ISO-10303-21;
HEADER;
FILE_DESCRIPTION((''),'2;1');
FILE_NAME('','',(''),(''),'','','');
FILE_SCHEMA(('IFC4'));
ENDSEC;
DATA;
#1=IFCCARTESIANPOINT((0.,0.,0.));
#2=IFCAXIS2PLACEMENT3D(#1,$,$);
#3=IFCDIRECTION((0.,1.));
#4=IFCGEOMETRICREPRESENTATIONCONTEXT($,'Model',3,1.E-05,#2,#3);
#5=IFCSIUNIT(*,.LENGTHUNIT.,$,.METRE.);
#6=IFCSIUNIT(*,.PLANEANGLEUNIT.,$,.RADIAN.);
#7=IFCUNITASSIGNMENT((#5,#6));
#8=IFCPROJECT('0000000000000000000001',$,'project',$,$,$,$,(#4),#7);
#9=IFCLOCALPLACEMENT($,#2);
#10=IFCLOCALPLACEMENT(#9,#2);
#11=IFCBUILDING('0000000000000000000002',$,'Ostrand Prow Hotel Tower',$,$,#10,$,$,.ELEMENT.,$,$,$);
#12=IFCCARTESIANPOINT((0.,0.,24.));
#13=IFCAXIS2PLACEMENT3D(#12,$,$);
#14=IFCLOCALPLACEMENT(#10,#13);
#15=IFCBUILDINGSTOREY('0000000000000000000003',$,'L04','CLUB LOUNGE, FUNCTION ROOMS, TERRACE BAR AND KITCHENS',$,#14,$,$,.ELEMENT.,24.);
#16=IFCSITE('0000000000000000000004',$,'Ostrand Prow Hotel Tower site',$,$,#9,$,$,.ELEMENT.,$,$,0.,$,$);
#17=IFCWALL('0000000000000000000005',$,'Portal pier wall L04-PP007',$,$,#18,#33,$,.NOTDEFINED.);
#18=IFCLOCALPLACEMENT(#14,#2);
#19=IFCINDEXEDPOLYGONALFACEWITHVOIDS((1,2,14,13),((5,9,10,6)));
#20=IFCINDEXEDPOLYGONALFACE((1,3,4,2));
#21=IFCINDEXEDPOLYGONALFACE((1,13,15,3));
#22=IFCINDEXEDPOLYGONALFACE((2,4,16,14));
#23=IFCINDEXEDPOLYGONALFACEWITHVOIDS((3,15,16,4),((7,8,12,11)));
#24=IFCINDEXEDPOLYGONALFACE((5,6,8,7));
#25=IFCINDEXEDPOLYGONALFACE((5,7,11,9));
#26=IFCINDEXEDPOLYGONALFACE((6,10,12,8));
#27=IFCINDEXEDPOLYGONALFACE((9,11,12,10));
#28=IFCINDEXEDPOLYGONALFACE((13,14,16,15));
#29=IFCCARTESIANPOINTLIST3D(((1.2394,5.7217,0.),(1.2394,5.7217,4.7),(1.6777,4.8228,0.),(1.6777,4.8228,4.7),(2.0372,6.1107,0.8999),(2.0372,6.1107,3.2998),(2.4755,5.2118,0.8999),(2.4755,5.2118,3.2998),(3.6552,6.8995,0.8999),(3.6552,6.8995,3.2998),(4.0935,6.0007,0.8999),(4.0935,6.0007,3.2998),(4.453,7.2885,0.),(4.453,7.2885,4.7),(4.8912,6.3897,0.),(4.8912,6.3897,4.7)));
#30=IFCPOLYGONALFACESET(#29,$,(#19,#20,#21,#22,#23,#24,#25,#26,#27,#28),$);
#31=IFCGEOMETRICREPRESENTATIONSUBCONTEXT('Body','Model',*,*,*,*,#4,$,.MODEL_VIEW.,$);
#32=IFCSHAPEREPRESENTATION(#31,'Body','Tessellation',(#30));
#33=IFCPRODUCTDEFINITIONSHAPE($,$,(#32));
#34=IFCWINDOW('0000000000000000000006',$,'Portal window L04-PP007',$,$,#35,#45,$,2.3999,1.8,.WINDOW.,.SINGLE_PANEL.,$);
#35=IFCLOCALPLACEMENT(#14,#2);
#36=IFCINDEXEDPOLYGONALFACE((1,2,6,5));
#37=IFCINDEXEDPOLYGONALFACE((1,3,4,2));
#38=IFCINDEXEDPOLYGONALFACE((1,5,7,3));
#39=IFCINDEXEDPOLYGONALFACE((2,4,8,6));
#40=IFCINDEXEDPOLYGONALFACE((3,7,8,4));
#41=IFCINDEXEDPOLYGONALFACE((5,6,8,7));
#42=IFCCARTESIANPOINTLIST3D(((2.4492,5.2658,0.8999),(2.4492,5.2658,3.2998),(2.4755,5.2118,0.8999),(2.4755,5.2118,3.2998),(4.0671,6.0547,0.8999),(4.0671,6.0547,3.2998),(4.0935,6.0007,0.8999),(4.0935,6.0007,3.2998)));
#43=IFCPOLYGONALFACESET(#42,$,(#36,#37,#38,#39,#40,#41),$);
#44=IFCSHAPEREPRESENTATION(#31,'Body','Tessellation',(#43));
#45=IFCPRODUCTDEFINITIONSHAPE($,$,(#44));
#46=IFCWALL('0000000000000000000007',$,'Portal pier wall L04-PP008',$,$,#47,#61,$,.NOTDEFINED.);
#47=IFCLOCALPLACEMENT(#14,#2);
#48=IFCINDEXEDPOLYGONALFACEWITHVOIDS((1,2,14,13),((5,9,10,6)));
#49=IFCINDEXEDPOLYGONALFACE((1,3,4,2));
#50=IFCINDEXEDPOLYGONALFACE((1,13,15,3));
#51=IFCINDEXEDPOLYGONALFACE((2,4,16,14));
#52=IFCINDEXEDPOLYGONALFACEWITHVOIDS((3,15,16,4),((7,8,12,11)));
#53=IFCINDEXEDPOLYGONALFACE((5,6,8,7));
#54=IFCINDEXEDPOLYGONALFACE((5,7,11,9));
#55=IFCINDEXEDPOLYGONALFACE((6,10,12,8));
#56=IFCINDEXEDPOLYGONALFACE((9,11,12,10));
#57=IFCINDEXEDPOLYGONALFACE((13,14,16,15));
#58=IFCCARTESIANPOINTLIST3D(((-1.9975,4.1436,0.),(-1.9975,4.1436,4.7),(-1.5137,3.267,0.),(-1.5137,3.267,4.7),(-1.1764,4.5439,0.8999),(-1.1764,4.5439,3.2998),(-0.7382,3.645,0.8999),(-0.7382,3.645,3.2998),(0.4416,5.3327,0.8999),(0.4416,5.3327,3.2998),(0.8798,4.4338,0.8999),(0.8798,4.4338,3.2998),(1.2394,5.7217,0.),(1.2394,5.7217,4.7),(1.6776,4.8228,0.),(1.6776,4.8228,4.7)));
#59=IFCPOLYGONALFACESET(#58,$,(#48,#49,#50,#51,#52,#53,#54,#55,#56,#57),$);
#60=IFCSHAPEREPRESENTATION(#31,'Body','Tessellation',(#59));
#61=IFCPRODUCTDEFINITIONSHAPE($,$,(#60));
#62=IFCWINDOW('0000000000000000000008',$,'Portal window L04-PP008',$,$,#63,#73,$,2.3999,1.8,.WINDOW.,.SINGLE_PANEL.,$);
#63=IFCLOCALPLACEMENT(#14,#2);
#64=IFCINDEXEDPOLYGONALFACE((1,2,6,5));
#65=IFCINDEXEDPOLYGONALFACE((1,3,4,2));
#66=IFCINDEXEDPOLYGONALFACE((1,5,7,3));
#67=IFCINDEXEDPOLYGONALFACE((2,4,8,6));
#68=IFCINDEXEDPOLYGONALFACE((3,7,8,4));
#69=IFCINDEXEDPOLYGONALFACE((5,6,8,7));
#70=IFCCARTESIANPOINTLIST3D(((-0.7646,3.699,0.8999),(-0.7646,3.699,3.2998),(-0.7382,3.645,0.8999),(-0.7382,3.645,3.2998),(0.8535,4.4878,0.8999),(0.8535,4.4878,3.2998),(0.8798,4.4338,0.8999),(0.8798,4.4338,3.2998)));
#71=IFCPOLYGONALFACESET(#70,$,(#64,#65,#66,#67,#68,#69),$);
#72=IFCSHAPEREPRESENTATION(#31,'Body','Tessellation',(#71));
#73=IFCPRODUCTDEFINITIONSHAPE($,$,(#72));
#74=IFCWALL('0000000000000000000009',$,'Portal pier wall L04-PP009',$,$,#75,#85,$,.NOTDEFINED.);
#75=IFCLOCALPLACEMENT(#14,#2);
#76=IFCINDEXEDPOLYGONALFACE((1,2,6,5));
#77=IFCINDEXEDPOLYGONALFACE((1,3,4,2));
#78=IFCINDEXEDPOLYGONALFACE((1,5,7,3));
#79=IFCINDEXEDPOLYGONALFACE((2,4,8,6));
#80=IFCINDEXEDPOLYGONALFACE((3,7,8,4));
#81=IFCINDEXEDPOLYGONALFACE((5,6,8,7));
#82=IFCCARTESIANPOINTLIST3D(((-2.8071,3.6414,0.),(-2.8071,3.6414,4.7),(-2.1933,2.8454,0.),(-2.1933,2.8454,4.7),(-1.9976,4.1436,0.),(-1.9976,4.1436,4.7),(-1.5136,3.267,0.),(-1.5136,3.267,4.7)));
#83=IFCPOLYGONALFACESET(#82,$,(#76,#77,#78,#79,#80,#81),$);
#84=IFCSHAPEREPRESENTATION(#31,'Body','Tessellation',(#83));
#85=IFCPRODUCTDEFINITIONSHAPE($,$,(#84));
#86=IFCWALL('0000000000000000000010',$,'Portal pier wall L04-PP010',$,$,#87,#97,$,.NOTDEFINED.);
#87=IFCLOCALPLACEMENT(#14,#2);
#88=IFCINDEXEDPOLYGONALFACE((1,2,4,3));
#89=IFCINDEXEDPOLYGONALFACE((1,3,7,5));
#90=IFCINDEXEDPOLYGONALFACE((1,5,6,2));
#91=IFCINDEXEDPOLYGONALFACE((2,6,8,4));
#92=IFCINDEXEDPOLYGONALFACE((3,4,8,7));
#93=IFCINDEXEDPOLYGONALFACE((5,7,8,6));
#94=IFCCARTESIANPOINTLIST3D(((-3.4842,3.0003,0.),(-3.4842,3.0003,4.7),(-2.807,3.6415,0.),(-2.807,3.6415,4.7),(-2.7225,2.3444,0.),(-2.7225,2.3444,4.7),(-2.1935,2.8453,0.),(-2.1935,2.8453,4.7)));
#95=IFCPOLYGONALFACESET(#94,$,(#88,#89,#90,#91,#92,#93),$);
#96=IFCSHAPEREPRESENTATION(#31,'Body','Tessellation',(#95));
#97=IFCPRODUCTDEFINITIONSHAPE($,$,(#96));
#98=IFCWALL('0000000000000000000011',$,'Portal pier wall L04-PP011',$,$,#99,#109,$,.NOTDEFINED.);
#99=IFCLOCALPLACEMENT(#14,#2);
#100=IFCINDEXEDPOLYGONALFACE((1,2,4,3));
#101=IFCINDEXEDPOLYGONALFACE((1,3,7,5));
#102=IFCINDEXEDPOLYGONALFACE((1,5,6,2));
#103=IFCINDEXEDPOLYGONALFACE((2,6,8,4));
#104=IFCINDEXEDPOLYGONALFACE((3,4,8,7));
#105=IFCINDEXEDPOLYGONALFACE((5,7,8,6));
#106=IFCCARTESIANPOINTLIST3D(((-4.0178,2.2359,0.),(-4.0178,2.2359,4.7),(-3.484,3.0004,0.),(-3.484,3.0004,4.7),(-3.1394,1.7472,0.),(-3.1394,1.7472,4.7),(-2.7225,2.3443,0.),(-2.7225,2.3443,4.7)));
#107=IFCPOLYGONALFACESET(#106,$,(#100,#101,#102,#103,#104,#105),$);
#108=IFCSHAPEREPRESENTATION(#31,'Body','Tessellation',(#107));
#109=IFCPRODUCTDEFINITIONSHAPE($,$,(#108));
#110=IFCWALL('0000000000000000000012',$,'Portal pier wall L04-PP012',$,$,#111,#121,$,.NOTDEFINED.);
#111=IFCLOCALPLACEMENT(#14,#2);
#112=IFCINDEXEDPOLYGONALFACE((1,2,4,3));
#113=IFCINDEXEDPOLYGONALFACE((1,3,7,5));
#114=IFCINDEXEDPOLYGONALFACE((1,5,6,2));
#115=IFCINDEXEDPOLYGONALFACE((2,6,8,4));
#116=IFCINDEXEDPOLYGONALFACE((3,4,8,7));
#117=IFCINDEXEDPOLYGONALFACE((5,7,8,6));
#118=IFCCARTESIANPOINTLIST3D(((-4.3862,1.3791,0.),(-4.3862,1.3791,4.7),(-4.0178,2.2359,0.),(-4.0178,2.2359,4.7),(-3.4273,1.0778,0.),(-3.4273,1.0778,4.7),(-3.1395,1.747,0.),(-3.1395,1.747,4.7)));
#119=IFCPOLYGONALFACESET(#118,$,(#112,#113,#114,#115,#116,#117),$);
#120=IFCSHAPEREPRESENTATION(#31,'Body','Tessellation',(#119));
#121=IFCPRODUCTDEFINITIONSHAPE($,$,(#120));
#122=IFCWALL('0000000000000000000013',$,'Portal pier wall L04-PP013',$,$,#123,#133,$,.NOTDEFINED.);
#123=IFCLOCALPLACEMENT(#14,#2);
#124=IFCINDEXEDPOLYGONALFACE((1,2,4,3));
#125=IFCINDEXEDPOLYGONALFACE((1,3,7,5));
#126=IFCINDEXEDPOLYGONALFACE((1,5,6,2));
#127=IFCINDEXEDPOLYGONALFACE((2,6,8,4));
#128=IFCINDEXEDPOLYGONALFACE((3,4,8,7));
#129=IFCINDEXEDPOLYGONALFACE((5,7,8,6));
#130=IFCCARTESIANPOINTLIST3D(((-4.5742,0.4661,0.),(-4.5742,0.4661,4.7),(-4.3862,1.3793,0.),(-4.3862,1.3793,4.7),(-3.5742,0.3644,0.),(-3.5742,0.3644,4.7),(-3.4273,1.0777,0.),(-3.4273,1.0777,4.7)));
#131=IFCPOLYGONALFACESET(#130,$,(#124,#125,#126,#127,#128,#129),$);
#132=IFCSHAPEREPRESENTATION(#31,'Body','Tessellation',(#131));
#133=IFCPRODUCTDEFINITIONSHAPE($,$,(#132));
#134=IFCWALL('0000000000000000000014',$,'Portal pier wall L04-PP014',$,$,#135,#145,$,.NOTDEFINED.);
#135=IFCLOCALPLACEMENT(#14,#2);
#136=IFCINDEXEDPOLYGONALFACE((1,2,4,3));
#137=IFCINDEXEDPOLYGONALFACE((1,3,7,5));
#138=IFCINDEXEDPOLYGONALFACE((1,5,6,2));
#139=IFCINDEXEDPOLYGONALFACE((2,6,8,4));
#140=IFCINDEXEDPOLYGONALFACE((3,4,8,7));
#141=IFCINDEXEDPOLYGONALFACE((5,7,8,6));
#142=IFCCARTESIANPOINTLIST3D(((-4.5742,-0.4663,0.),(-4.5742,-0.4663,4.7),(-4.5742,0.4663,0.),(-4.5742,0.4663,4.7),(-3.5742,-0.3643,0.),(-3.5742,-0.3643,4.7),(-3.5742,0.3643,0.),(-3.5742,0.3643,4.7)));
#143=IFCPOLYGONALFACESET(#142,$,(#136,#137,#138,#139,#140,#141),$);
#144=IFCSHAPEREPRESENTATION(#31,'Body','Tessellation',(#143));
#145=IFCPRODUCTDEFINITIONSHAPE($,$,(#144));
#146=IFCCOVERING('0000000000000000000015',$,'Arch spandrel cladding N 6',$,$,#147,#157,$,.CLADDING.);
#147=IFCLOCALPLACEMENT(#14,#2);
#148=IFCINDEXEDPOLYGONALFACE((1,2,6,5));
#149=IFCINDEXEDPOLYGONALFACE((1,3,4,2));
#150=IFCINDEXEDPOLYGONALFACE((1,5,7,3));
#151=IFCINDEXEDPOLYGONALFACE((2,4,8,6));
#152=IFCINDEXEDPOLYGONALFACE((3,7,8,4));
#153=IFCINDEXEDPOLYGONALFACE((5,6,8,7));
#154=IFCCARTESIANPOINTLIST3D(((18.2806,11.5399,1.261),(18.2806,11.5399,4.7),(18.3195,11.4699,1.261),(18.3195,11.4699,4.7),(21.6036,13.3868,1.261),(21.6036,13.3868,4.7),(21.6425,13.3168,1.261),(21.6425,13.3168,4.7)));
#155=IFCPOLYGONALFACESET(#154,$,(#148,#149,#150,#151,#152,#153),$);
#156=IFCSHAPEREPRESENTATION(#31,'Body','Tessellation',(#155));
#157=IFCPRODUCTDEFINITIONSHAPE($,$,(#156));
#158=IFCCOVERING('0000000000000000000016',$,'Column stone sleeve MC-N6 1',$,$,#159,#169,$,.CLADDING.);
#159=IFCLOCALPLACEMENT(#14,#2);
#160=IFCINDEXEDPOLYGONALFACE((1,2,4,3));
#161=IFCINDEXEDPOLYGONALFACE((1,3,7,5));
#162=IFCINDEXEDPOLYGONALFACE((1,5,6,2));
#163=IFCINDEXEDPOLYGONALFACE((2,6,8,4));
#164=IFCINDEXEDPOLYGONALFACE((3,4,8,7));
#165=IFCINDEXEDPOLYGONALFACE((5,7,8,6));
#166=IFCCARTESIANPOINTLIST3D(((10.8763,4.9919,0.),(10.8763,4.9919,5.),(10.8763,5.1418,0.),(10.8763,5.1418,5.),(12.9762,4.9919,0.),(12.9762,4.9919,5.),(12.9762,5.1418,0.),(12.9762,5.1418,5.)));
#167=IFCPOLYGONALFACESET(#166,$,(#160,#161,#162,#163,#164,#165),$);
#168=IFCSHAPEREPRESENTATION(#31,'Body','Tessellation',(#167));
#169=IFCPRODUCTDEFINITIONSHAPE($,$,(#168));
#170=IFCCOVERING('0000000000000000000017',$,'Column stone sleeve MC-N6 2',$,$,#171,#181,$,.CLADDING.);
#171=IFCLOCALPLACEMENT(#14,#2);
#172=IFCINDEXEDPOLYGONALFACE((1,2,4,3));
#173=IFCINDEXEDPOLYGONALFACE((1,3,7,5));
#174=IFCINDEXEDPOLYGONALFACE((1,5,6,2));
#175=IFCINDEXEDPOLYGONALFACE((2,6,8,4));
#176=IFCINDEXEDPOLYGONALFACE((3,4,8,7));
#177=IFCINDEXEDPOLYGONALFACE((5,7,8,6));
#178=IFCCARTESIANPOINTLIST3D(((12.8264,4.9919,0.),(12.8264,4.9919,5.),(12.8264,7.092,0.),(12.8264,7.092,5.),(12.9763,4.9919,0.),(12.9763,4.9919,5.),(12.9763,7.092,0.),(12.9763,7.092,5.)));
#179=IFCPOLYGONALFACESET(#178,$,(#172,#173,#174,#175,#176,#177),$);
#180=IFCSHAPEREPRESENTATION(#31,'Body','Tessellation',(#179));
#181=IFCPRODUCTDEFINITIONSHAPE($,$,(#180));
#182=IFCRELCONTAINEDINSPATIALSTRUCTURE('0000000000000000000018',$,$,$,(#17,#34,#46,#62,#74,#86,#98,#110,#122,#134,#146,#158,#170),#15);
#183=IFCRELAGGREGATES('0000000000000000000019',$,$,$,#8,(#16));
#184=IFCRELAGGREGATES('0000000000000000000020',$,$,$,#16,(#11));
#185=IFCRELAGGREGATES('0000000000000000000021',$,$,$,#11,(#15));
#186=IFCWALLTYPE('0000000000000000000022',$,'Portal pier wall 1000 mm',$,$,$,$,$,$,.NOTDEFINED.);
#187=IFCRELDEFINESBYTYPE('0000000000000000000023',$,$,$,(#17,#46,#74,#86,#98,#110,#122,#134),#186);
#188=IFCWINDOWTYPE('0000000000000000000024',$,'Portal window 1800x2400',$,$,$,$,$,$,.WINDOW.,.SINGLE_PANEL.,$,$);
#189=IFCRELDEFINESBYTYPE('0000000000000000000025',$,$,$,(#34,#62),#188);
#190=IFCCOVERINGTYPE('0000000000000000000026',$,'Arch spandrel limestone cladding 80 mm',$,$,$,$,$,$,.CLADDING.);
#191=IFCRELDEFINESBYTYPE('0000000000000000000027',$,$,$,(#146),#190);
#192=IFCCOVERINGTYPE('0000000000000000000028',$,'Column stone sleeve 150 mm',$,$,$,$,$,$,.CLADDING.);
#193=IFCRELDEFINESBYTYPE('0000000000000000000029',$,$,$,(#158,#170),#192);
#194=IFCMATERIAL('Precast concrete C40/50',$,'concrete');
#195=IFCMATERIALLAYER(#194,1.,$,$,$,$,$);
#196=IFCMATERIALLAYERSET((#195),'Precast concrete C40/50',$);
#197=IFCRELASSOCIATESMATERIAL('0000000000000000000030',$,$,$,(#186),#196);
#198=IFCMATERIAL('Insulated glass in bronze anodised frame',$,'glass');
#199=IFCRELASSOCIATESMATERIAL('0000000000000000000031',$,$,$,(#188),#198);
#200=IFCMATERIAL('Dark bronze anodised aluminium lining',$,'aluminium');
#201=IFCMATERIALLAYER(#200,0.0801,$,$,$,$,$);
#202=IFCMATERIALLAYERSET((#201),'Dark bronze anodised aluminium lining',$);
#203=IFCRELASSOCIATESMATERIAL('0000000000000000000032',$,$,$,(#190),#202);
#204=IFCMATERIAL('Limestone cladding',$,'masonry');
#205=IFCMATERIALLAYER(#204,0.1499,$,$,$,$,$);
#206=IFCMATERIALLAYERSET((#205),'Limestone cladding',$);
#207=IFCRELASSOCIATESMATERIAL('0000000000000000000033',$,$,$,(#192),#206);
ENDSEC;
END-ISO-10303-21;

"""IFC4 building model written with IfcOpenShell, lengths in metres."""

from ifc_helpers import new_model, si_unit, direction, frame, frame_2d, origin, place, context, subcontext, project, spatial, polyline, rectangle, outline, extrude, material, layer, layer_set, type_object, element, fill, save


model = new_model("IFC4")

# Units and contexts
model_context = context("Model", 3, precision=1e-05, world=origin(), true_north=direction((0.0, 1.0)))
body_context = subcontext(model_context, "Body", "Model", "MODEL_VIEW")
ifc_project = project(units=[si_unit("LENGTHUNIT", "METRE"), si_unit("PLANEANGLEUNIT", "RADIAN")], contexts=[model_context])

# Site, building, storey
site_placement = place(None, origin())
site = spatial("IfcSite", under=ifc_project, at=site_placement, Name="Ostrand Prow Hotel Tower site", CompositionType="ELEMENT", RefElevation=0.0)
building_placement = place(site_placement, origin())
building = spatial("IfcBuilding", under=site, at=building_placement, Name="Ostrand Prow Hotel Tower", CompositionType="ELEMENT")
storey_placement = place(building_placement, frame((0.0, 0.0, 24.0)))
storey = spatial("IfcBuildingStorey", under=building, at=storey_placement, Name="L04", Description="CLUB LOUNGE, FUNCTION ROOMS, TERRACE BAR AND KITCHENS", CompositionType="ELEMENT", Elevation=24.0)

# Shared definitions
ifc_material_1 = material(Name="Precast concrete C40/50", Category="concrete")
ifc_layer_1 = layer(ifc_material_1, 1.0)
ifc_layer_set_1 = layer_set([ifc_layer_1], Name="Precast concrete C40/50")
wall_type = type_object("IfcWallType", Name="Portal pier wall 1000 mm", PredefinedType="NOTDEFINED", material=ifc_layer_set_1)

# Walls, openings, windows
ifc_material_2 = material(Name="Insulated glass in bronze anodised frame", Category="glass")
window_type = type_object("IfcWindowType", Name="Portal window 1800x2400", PartitioningType="SINGLE_PANEL", PredefinedType="WINDOW", material=ifc_material_2)
wall_1_placement = place(storey_placement, frame((4.6721, 6.8391, 0.0), z_axis=(0.0, 0.0, 1.0), x_axis=(-0.898848, -0.438259, 0.0)))
wall_1 = element("IfcWall", 1, at=wall_1_placement, inside=storey, type_object=wall_type, Name="Portal pier wall L04-PP007", PredefinedType="NOTDEFINED", context=body_context, shape_type="SweptSolid", body=[
    extrude(outline(polyline([(0.0, -0.5), (3.5752, -0.5), (3.5752, 0.5), (0.0, 0.5), (0.0, -0.5)])), origin(), (0.0, 0.0, 1.0), 4.7),
])
opening_1_placement = place(wall_1_placement, frame((0.8877, 0.0, 0.8999)))
opening_1 = element("IfcOpeningElement", 2, at=opening_1_placement, cuts=wall_1, PredefinedType="OPENING", context=body_context, shape_type="SweptSolid", body=[
    extrude(rectangle(XDim=1.8, YDim=2.3999, at=frame_2d((0.8999, 1.2))), frame((0.0, 0.51, 0.0), z_axis=(0.0, -1.0, 0.0), x_axis=(1.0, 0.0, 0.0)), (0.0, 0.0, 1.0), 1.02),
])
window_1_placement = place(opening_1_placement, origin())
window_1 = element("IfcWindow", 3, at=window_1_placement, inside=storey, type_object=window_type, Name="Portal window L04-PP007", OverallHeight=2.3999, OverallWidth=1.8, PartitioningType="SINGLE_PANEL", PredefinedType="WINDOW", context=body_context, shape_type="SweptSolid", body=[
    extrude(rectangle(XDim=1.8, YDim=2.3999, at=frame_2d((0.8999, 1.2))), frame((0.0, 0.5, 0.0), z_axis=(0.0, -1.0, 0.0), x_axis=(1.0, 0.0, 0.0)), (0.0, 0.0, 1.0), 0.0601),
])
fill(opening_1, window_1)
wall_2_placement = place(storey_placement, frame((1.4585, 5.2722, 0.0), z_axis=(0.0, 0.0, 1.0), x_axis=(-0.898875, -0.438206, 0.0)))
wall_2 = element("IfcWall", 4, at=wall_2_placement, inside=storey, type_object=wall_type, Name="Portal pier wall L04-PP008", PredefinedType="NOTDEFINED", context=body_context, shape_type="SweptSolid", body=[
    extrude(outline(polyline([(0.0, -0.5), (3.6011, -0.5), (3.5503, 0.5), (0.0, 0.5), (0.0, -0.5)])), origin(), (0.0, 0.0, 1.0), 4.7),
])
opening_2_placement = place(wall_2_placement, frame((0.8877, 0.0, 0.8999)))
opening_2 = element("IfcOpeningElement", 5, at=opening_2_placement, cuts=wall_2, PredefinedType="OPENING", context=body_context, shape_type="SweptSolid", body=[
    extrude(rectangle(XDim=1.8, YDim=2.3999, at=frame_2d((0.8999, 1.2))), frame((0.0, 0.51, 0.0), z_axis=(0.0, -1.0, 0.0), x_axis=(1.0, 0.0, 0.0)), (0.0, 0.0, 1.0), 1.02),
])
window_2_placement = place(opening_2_placement, origin())
window_2 = element("IfcWindow", 6, at=window_2_placement, inside=storey, type_object=window_type, Name="Portal window L04-PP008", OverallHeight=2.3999, OverallWidth=1.8, PartitioningType="SINGLE_PANEL", PredefinedType="WINDOW", context=body_context, shape_type="SweptSolid", body=[
    extrude(rectangle(XDim=1.8, YDim=2.3999, at=frame_2d((0.8999, 1.2))), frame((0.0, 0.5, 0.0), z_axis=(0.0, -1.0, 0.0), x_axis=(1.0, 0.0, 0.0)), (0.0, 0.0, 1.0), 0.0601),
])
fill(opening_2, window_2)

# Walls
wall_3_placement = place(storey_placement, frame((-1.7556, 3.7053, 0.0), z_axis=(0.0, 0.0, 1.0), x_axis=(-0.849778, -0.527141, 0.0)))
element("IfcWall", 7, at=wall_3_placement, inside=storey, type_object=wall_type, Name="Portal pier wall L04-PP009", PredefinedType="NOTDEFINED", context=body_context, shape_type="SweptSolid", body=[
    extrude(outline(polyline([(-0.0254, -0.5), (0.9272, -0.5), (0.8252, 0.5), (0.0254, 0.5), (-0.0254, -0.5)])), origin(), (0.0, 0.0, 1.0), 4.7),
])
wall_4_placement = place(storey_placement, frame((-2.5002, 3.2434, 0.0), z_axis=(0.0, 0.0, 1.0), x_axis=(-0.726099, -0.68759, 0.0)))
element("IfcWall", 8, at=wall_4_placement, inside=storey, type_object=wall_type, Name="Portal pier wall L04-PP010", PredefinedType="NOTDEFINED", context=body_context, shape_type="SweptSolid", body=[
    extrude(outline(polyline([(-0.051, -0.5), (0.8816, -0.5), (0.7795, 0.5), (0.051, 0.5), (-0.051, -0.5)])), origin(), (0.0, 0.0, 1.0), 4.7),
])
wall_5_placement = place(storey_placement, frame((-3.1033, 2.6724, 0.0), z_axis=(0.0, 0.0, 1.0), x_axis=(-0.572416, -0.819963, 0.0)))
element("IfcWall", 9, at=wall_5_placement, inside=storey, type_object=wall_type, Name="Portal pier wall L04-PP011", PredefinedType="NOTDEFINED", context=body_context, shape_type="SweptSolid", body=[
    extrude(outline(polyline([(-0.051, -0.5), (0.8813, -0.5), (0.7793, 0.5), (0.051, 0.5), (-0.051, -0.5)])), origin(), (0.0, 0.0, 1.0), 4.7),
])
wall_6_placement = place(storey_placement, frame((-3.5786, 1.9915, 0.0), z_axis=(0.0, 0.0, 1.0), x_axis=(-0.39509, -0.918643, 0.0)))
element("IfcWall", 10, at=wall_6_placement, inside=storey, type_object=wall_type, Name="Portal pier wall L04-PP012", PredefinedType="NOTDEFINED", context=body_context, shape_type="SweptSolid", body=[
    extrude(outline(polyline([(-0.051, -0.5), (0.8816, -0.5), (0.7795, 0.5), (0.051, 0.5), (-0.051, -0.5)])), origin(), (0.0, 0.0, 1.0), 4.7),
])
wall_7_placement = place(storey_placement, frame((-3.9067, 1.2285, 0.0), z_axis=(0.0, 0.0, 1.0), x_axis=(-0.201711, -0.979445, 0.0)))
element("IfcWall", 11, at=wall_7_placement, inside=storey, type_object=wall_type, Name="Portal pier wall L04-PP013", PredefinedType="NOTDEFINED", context=body_context, shape_type="SweptSolid", body=[
    extrude(outline(polyline([(-0.051, -0.5), (0.8813, -0.5), (0.7793, 0.5), (0.051, 0.5), (-0.051, -0.5)])), origin(), (0.0, 0.0, 1.0), 4.7),
])
wall_8_placement = place(storey_placement, frame((-4.0742, 0.4153, 0.0), z_axis=(0.0, 0.0, 1.0), x_axis=(0.0, -1.0, 0.0)))
element("IfcWall", 12, at=wall_8_placement, inside=storey, type_object=wall_type, Name="Portal pier wall L04-PP014", PredefinedType="NOTDEFINED", context=body_context, shape_type="SweptSolid", body=[
    extrude(outline(polyline([(-0.051, -0.5), (0.8816, -0.5), (0.7795, 0.5), (0.051, 0.5), (-0.051, -0.5)])), origin(), (0.0, 0.0, 1.0), 4.7),
])

# Coverings
ifc_material_3 = material(Name="Dark bronze anodised aluminium lining", Category="aluminium")
ifc_layer_2 = layer(ifc_material_3, 0.0801)
ifc_layer_set_2 = layer_set([ifc_layer_2], Name="Dark bronze anodised aluminium lining")
covering_type_1 = type_object("IfcCoveringType", Name="Arch spandrel limestone cladding 80 mm", PredefinedType="CLADDING", material=ifc_layer_set_2)
covering_1_placement = place(storey_placement, frame((18.3, 11.5049, 1.261), z_axis=(0.0, 0.0, 1.0), x_axis=(0.874066, 0.485806, 0.0)))
element("IfcCovering", 13, at=covering_1_placement, inside=storey, type_object=covering_type_1, Name="Arch spandrel cladding N 6", PredefinedType="CLADDING", context=body_context, shape_type="SweptSolid", body=[
    extrude(rectangle(XDim=3.8018, YDim=0.0801, at=frame_2d((1.9009, 0.0))), origin(), (0.0, 0.0, 1.0), 3.439),
])
ifc_material_4 = material(Name="Limestone cladding", Category="masonry")
ifc_layer_3 = layer(ifc_material_4, 0.1499)
ifc_layer_set_3 = layer_set([ifc_layer_3], Name="Limestone cladding")
covering_type_2 = type_object("IfcCoveringType", Name="Column stone sleeve 150 mm", PredefinedType="CLADDING", material=ifc_layer_set_3)
covering_2_placement = place(storey_placement, frame((10.8765, 5.0669, 0.0), z_axis=(0.0, 0.0, 1.0), x_axis=(1.0, 0.0, 0.0)))
element("IfcCovering", 14, at=covering_2_placement, inside=storey, type_object=covering_type_2, Name="Column stone sleeve MC-N6 1", PredefinedType="CLADDING", context=body_context, shape_type="SweptSolid", body=[
    extrude(rectangle(XDim=2.0999, YDim=0.1499, at=frame_2d((1.0498, 0.0))), origin(), (0.0, 0.0, 1.0), 5.0),
])
covering_3_placement = place(storey_placement, frame((12.9014, 4.9919, 0.0), z_axis=(0.0, 0.0, 1.0), x_axis=(0.0, 1.0, 0.0)))
element("IfcCovering", 15, at=covering_3_placement, inside=storey, type_object=covering_type_2, Name="Column stone sleeve MC-N6 2", PredefinedType="CLADDING", context=body_context, shape_type="SweptSolid", body=[
    extrude(rectangle(XDim=2.1001, YDim=0.1499, at=frame_2d((1.05, 0.0))), origin(), (0.0, 0.0, 1.0), 5.0),
])

save(model, "model.ifc")
